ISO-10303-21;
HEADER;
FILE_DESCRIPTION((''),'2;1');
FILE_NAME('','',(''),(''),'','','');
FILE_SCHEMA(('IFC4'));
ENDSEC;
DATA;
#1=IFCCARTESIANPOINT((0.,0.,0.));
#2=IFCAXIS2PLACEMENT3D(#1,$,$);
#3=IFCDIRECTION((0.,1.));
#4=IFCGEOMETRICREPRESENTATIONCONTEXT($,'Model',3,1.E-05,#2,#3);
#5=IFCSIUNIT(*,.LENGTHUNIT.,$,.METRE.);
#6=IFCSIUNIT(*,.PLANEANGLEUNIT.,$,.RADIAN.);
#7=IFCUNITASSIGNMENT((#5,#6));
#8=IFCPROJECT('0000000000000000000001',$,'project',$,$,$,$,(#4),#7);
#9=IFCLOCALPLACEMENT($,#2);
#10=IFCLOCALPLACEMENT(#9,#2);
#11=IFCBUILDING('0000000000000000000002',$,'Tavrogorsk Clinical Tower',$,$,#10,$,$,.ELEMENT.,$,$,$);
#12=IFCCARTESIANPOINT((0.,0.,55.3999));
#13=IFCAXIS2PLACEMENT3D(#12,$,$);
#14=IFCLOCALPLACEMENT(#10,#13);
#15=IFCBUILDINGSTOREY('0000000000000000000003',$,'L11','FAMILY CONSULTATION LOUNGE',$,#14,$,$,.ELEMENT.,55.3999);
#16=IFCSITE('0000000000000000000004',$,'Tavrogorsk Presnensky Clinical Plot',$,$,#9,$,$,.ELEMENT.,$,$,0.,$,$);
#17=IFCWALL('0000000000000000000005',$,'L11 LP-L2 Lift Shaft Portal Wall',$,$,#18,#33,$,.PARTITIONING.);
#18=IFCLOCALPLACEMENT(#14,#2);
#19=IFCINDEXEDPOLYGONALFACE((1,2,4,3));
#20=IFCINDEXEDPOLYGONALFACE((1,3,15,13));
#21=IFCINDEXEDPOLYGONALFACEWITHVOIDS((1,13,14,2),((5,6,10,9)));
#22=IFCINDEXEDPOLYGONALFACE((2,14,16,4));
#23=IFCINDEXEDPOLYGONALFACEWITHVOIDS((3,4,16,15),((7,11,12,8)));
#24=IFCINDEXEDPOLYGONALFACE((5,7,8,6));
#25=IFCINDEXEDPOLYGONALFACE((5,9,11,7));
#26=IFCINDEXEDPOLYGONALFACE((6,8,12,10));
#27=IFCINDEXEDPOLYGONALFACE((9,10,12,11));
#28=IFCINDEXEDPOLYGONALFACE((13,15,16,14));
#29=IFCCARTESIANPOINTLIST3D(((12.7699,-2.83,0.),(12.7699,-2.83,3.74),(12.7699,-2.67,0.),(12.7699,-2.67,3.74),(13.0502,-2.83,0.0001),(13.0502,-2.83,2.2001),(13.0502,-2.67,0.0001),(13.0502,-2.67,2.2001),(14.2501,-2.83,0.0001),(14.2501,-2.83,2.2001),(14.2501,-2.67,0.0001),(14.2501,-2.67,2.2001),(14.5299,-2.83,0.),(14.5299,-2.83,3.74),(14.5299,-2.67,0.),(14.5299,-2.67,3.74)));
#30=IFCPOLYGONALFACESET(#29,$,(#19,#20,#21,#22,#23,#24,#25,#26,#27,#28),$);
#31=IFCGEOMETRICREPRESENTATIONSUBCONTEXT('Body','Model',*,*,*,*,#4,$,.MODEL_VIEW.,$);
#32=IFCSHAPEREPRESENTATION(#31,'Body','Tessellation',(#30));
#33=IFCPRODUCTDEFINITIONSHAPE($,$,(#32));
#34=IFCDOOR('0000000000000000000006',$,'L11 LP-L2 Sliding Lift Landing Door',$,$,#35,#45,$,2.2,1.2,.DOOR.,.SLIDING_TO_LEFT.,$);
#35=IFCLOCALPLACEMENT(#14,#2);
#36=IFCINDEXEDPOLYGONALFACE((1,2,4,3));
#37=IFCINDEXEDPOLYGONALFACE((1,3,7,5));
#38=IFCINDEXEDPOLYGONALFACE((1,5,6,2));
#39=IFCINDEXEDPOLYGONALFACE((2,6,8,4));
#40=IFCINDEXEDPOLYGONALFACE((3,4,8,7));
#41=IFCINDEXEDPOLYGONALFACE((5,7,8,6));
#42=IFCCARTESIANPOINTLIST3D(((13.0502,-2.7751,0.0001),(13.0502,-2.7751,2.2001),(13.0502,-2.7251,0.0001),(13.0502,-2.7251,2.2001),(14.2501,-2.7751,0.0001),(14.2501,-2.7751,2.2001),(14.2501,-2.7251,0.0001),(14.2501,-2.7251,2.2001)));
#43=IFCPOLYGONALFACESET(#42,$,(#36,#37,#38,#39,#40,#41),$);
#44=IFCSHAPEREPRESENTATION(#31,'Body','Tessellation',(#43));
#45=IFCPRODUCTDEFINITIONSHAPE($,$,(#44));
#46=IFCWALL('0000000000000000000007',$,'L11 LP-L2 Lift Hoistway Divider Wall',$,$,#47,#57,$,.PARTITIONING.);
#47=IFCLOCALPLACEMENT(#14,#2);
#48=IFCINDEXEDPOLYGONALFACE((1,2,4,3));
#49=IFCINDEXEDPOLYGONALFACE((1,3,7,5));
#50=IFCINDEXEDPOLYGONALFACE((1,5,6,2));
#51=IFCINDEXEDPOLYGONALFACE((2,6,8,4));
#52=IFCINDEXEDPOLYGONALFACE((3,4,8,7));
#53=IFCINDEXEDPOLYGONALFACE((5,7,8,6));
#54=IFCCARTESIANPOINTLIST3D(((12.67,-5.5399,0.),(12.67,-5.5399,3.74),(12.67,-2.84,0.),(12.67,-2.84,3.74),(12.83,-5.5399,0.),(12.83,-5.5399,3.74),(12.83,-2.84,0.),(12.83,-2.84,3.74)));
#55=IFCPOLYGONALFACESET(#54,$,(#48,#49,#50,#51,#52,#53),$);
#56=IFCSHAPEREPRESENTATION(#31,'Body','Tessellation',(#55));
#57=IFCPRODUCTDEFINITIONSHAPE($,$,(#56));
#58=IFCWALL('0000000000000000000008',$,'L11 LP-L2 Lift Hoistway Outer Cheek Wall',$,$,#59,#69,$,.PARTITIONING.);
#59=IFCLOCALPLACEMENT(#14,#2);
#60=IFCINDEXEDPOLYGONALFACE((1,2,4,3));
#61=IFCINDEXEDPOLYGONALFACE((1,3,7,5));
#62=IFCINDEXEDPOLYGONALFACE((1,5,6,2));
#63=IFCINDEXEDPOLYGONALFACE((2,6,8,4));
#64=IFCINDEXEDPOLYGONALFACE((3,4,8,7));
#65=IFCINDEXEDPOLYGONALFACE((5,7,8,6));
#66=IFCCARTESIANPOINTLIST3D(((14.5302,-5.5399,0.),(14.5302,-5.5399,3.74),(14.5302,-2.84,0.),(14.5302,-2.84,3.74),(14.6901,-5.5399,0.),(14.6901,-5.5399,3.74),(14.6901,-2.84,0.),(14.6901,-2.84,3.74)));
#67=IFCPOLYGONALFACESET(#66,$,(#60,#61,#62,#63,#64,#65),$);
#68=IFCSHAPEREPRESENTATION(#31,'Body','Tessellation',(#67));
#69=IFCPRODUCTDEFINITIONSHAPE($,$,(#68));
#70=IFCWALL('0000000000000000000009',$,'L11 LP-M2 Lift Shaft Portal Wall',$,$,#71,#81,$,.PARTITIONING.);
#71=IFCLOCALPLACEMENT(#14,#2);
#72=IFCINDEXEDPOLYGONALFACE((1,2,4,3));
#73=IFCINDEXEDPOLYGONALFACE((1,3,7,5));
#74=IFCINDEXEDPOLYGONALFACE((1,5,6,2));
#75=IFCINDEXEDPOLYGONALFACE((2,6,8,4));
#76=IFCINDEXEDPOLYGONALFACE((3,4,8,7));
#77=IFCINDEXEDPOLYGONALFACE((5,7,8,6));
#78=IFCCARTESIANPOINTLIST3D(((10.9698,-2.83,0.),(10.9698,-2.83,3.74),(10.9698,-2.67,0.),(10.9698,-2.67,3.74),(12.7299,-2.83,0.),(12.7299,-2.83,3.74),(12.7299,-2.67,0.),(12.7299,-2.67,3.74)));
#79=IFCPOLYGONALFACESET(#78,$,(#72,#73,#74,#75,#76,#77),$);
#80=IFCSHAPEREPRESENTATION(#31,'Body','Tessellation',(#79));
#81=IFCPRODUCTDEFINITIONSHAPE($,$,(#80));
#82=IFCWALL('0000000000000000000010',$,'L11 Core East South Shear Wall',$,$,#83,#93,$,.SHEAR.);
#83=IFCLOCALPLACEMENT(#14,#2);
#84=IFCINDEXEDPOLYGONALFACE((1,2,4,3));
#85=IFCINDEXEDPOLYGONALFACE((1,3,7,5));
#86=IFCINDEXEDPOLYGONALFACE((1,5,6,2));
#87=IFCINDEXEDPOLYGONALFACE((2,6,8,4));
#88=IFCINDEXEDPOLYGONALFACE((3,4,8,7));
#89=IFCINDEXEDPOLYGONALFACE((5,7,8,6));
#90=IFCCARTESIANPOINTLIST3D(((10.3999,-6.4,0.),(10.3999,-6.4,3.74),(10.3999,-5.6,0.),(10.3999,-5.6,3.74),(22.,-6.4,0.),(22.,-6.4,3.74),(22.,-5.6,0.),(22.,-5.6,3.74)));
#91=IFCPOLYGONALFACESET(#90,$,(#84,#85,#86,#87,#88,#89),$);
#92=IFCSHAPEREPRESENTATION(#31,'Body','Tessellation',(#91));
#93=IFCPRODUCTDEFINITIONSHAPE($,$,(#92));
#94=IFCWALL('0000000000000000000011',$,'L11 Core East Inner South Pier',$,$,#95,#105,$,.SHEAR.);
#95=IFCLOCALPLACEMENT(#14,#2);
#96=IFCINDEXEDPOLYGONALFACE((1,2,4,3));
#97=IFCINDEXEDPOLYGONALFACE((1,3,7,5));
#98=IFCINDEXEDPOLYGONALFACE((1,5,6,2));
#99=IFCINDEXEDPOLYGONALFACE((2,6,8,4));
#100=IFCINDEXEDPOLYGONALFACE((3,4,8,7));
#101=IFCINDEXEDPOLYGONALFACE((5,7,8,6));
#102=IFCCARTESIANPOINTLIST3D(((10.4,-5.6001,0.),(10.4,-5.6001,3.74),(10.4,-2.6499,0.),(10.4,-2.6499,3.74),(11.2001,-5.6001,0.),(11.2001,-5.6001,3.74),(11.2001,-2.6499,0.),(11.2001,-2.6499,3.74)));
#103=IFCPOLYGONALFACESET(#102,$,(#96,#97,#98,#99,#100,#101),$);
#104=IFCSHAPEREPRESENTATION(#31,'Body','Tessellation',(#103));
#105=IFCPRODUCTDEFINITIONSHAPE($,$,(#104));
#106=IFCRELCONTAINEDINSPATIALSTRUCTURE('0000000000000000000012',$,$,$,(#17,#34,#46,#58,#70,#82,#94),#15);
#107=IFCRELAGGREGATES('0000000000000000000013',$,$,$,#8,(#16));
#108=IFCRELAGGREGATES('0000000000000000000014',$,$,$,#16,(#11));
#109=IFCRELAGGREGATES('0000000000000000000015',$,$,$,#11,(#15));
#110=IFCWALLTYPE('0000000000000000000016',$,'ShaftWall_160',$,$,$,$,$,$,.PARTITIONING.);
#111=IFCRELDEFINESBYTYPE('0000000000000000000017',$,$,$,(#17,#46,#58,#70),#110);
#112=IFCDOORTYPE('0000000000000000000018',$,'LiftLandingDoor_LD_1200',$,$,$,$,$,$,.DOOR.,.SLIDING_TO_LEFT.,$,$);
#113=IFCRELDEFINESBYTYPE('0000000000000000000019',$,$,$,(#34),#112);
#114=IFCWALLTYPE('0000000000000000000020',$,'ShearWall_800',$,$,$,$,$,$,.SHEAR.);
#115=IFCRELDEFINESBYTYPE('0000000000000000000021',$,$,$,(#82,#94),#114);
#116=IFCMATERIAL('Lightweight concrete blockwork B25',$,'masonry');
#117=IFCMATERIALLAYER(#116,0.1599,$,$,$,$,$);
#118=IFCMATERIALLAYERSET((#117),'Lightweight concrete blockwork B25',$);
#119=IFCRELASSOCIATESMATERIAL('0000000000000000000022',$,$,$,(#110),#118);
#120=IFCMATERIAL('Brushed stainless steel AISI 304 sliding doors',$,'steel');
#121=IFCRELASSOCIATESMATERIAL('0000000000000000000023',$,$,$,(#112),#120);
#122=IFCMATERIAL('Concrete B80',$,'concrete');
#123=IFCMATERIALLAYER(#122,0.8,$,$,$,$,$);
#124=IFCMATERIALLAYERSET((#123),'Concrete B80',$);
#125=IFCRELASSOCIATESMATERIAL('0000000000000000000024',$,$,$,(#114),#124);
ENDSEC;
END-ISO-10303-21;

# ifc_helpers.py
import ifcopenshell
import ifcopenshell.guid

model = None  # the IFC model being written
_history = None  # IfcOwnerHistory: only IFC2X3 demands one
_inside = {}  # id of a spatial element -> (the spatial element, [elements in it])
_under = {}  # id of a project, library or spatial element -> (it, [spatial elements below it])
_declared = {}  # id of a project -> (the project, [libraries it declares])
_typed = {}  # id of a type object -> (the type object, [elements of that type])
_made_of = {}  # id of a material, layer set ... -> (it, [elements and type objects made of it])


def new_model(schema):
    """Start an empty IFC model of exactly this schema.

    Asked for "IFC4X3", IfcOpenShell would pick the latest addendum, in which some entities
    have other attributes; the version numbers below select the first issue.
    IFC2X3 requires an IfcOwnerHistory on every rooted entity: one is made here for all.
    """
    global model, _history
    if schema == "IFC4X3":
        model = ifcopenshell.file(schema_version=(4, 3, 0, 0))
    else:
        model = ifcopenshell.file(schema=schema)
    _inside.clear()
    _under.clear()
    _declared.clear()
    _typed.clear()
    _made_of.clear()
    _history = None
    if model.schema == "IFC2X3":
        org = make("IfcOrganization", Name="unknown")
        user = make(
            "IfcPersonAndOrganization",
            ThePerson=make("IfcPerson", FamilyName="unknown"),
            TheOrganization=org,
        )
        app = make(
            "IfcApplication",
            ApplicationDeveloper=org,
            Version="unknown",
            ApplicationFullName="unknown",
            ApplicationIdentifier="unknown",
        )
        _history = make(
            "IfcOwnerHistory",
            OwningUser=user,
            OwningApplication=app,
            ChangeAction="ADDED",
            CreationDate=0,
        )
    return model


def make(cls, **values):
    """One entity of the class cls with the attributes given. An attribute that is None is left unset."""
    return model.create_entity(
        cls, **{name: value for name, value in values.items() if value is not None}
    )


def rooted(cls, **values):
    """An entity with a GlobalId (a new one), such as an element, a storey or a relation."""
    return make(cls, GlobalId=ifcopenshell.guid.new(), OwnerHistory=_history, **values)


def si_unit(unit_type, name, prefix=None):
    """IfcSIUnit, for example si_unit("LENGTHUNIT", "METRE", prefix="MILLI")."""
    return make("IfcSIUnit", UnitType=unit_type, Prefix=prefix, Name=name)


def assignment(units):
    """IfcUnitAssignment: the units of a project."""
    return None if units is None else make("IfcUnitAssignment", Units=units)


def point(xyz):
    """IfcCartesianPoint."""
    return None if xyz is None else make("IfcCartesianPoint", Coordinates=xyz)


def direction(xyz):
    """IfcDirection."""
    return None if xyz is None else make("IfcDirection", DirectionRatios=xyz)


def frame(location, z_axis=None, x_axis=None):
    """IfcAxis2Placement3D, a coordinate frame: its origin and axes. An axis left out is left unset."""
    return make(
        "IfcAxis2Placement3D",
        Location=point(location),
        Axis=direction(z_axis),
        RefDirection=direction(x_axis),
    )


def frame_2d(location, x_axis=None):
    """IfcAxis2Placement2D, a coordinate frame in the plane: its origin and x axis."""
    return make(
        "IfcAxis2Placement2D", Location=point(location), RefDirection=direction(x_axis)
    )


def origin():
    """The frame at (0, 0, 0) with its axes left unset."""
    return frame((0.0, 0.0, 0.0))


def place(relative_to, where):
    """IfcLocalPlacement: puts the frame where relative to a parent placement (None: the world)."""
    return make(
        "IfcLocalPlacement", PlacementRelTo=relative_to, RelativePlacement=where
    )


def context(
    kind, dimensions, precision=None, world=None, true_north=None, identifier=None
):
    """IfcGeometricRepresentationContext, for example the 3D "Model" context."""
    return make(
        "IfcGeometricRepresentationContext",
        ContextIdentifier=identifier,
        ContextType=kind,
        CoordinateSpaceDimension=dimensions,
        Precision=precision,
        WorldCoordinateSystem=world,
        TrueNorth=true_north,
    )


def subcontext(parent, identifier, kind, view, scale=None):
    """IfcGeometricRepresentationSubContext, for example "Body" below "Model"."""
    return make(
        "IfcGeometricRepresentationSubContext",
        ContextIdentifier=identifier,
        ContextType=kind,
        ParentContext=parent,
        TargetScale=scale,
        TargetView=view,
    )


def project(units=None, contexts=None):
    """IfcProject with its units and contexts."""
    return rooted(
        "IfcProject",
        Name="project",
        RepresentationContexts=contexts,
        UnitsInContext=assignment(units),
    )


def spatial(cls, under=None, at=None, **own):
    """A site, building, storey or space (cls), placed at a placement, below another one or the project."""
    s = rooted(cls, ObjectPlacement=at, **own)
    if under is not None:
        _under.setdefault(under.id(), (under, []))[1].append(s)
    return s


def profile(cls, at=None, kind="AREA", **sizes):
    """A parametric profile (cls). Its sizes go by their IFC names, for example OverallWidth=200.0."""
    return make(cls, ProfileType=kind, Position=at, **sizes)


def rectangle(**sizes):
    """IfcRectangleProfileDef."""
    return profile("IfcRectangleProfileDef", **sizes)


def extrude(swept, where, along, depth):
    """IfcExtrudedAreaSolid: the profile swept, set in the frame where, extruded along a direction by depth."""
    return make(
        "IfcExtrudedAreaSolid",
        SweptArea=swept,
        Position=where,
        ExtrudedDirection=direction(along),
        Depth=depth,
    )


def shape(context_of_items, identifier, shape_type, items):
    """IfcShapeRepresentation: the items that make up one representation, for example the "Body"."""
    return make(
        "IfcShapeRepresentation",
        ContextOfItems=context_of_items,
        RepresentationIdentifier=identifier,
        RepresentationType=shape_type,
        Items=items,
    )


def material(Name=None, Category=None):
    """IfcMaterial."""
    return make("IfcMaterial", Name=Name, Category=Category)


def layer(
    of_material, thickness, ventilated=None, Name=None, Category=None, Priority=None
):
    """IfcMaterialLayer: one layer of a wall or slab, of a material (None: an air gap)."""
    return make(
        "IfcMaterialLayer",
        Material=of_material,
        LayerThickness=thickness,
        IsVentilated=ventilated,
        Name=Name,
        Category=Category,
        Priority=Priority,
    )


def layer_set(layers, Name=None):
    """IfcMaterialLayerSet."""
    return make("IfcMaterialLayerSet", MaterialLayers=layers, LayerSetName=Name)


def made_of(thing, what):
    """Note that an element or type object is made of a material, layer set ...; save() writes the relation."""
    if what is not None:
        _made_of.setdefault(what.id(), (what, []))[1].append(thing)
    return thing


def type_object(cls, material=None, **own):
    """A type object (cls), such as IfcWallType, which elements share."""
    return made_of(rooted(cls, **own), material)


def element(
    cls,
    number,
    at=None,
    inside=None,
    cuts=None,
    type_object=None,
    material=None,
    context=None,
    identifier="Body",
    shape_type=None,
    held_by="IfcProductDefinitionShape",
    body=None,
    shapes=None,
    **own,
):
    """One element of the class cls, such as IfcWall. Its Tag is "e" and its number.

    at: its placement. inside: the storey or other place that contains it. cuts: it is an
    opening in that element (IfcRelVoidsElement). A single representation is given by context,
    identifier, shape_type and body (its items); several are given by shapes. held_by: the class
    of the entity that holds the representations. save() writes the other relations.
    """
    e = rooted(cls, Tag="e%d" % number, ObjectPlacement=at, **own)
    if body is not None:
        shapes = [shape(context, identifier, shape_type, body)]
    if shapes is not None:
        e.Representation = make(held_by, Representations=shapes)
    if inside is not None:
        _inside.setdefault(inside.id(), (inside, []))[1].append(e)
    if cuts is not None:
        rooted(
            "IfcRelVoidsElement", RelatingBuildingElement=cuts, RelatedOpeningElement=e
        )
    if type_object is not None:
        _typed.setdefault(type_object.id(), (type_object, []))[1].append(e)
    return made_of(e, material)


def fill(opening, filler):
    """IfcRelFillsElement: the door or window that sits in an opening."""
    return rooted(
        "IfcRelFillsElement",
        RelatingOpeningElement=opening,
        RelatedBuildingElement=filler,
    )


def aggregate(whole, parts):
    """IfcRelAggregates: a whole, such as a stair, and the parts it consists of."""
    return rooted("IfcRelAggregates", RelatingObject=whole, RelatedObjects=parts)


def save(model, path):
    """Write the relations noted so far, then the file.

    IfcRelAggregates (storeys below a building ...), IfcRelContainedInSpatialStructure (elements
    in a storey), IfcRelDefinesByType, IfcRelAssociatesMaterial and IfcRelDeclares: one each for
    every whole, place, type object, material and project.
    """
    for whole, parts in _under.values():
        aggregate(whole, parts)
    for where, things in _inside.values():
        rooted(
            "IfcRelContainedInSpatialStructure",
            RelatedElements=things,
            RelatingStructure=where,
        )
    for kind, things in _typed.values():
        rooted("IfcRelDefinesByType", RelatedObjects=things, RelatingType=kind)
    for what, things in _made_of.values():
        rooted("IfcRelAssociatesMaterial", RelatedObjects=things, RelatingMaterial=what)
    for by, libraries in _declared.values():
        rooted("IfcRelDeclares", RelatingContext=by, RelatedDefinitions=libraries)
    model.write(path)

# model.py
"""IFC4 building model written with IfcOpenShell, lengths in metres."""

from ifc_helpers import new_model, si_unit, direction, frame, frame_2d, origin, place, context, subcontext, project, spatial, rectangle, extrude, material, layer, layer_set, type_object, element, fill, save


model = new_model("IFC4")

# Units and contexts
model_context = context("Model", 3, precision=1e-05, world=origin(), true_north=direction((0.0, 1.0)))
body_context = subcontext(model_context, "Body", "Model", "MODEL_VIEW")
ifc_project = project(units=[si_unit("LENGTHUNIT", "METRE"), si_unit("PLANEANGLEUNIT", "RADIAN")], contexts=[model_context])

# Site, building, storey
site_placement = place(None, origin())
site = spatial("IfcSite", under=ifc_project, at=site_placement, Name="Tavrogorsk Presnensky Clinical Plot", CompositionType="ELEMENT", RefElevation=0.0)
building_placement = place(site_placement, origin())
building = spatial("IfcBuilding", under=site, at=building_placement, Name="Tavrogorsk Clinical Tower", CompositionType="ELEMENT")
storey_placement = place(building_placement, frame((0.0, 0.0, 55.3999)))
storey = spatial("IfcBuildingStorey", under=building, at=storey_placement, Name="L11", Description="FAMILY CONSULTATION LOUNGE", CompositionType="ELEMENT", Elevation=55.3999)

# Wall, opening, door
ifc_material_1 = material(Name="Lightweight concrete blockwork B25", Category="masonry")
ifc_layer_1 = layer(ifc_material_1, 0.1599)
ifc_layer_set_1 = layer_set([ifc_layer_1], Name="Lightweight concrete blockwork B25")
wall_type_1 = type_object("IfcWallType", Name="ShaftWall_160", PredefinedType="PARTITIONING", material=ifc_layer_set_1)
wall_1_placement = place(storey_placement, frame((12.77, -2.75, 0.0), z_axis=(0.0, 0.0, 1.0), x_axis=(1.0, 0.0, 0.0)))
wall_1 = element("IfcWall", 1, at=wall_1_placement, inside=storey, type_object=wall_type_1, Name="L11 LP-L2 Lift Shaft Portal Wall", PredefinedType="PARTITIONING", context=body_context, shape_type="SweptSolid", body=[
    extrude(rectangle(XDim=1.76, YDim=0.1599, at=frame_2d((0.8799, 0.0))), origin(), (0.0, 0.0, 1.0), 3.74),
])
opening_1_placement = place(wall_1_placement, frame((0.28, 0.0, 0.0)))
opening_1 = element("IfcOpeningElement", 2, at=opening_1_placement, cuts=wall_1, PredefinedType="OPENING", context=body_context, shape_type="SweptSolid", body=[
    extrude(rectangle(XDim=1.2, YDim=2.2, at=frame_2d((0.6001, 1.1001))), frame((0.0, 0.0898, 0.0), z_axis=(0.0, -1.0, 0.0), x_axis=(1.0, 0.0, 0.0)), (0.0, 0.0, 1.0), 0.1799),
])
ifc_material_2 = material(Name="Brushed stainless steel AISI 304 sliding doors", Category="steel")
door_type_1 = type_object("IfcDoorType", Name="LiftLandingDoor_LD_1200", OperationType="SLIDING_TO_LEFT", PredefinedType="DOOR", material=ifc_material_2)
door_1_placement = place(opening_1_placement, origin())
door_1 = element("IfcDoor", 3, at=door_1_placement, inside=storey, type_object=door_type_1, Name="L11 LP-L2 Sliding Lift Landing Door", OperationType="SLIDING_TO_LEFT", OverallHeight=2.2, OverallWidth=1.2, PredefinedType="DOOR", context=body_context, shape_type="SweptSolid", body=[
    extrude(rectangle(XDim=1.2, YDim=2.2, at=frame_2d((0.6001, 1.1001))), frame((0.0, 0.0249, 0.0), z_axis=(0.0, -1.0, 0.0), x_axis=(1.0, 0.0, 0.0)), (0.0, 0.0, 1.0), 0.05),
])
fill(opening_1, door_1)

# Walls
for number, where, z_axis, x_axis, name in (
    (4, (12.75, -5.54, 0.0), (0.0, 0.0, 1.0), (0.0, 1.0, 0.0), "L11 LP-L2 Lift Hoistway Divider Wall"),
    (5, (14.6101, -5.54, 0.0), (0.0, 0.0, 1.0), (0.0, 1.0, 0.0), "L11 LP-L2 Lift Hoistway Outer Cheek Wall"),
):
    element("IfcWall", number, at=place(storey_placement, frame(where, z_axis=z_axis, x_axis=x_axis)), inside=storey, type_object=wall_type_1, Name=name, PredefinedType="PARTITIONING", context=body_context, shape_type="SweptSolid", body=[
        extrude(rectangle(XDim=2.7, YDim=0.1599, at=frame_2d((1.3501, 0.0))), origin(), (0.0, 0.0, 1.0), 3.74),
    ])
wall_2_placement = place(storey_placement, frame((10.97, -2.75, 0.0), z_axis=(0.0, 0.0, 1.0), x_axis=(1.0, 0.0, 0.0)))
element("IfcWall", 6, at=wall_2_placement, inside=storey, type_object=wall_type_1, Name="L11 LP-M2 Lift Shaft Portal Wall", PredefinedType="PARTITIONING", context=body_context, shape_type="SweptSolid", body=[
    extrude(rectangle(XDim=1.76, YDim=0.1599, at=frame_2d((0.8799, 0.0))), origin(), (0.0, 0.0, 1.0), 3.74),
])
ifc_material_3 = material(Name="Concrete B80", Category="concrete")
ifc_layer_2 = layer(ifc_material_3, 0.8)
ifc_layer_set_2 = layer_set([ifc_layer_2], Name="Concrete B80")
wall_type_2 = type_object("IfcWallType", Name="ShearWall_800", PredefinedType="SHEAR", material=ifc_layer_set_2)
wall_3_placement = place(storey_placement, frame((10.3999, -6.0, 0.0), z_axis=(0.0, 0.0, 1.0), x_axis=(1.0, 0.0, 0.0)))
element("IfcWall", 7, at=wall_3_placement, inside=storey, type_object=wall_type_2, Name="L11 Core East South Shear Wall", PredefinedType="SHEAR", context=body_context, shape_type="SweptSolid", body=[
    extrude(rectangle(XDim=11.6001, YDim=0.8, at=frame_2d((5.8, 0.0))), origin(), (0.0, 0.0, 1.0), 3.74),
])
wall_4_placement = place(storey_placement, frame((10.8, -5.6001, 0.0), z_axis=(0.0, 0.0, 1.0), x_axis=(0.0, 1.0, 0.0)))
element("IfcWall", 8, at=wall_4_placement, inside=storey, type_object=wall_type_2, Name="L11 Core East Inner South Pier", PredefinedType="SHEAR", context=body_context, shape_type="SweptSolid", body=[
    extrude(rectangle(XDim=2.9502, YDim=0.8, at=frame_2d((1.4751, 0.0))), origin(), (0.0, 0.0, 1.0), 3.74),
])

save(model, "model.ifc")
